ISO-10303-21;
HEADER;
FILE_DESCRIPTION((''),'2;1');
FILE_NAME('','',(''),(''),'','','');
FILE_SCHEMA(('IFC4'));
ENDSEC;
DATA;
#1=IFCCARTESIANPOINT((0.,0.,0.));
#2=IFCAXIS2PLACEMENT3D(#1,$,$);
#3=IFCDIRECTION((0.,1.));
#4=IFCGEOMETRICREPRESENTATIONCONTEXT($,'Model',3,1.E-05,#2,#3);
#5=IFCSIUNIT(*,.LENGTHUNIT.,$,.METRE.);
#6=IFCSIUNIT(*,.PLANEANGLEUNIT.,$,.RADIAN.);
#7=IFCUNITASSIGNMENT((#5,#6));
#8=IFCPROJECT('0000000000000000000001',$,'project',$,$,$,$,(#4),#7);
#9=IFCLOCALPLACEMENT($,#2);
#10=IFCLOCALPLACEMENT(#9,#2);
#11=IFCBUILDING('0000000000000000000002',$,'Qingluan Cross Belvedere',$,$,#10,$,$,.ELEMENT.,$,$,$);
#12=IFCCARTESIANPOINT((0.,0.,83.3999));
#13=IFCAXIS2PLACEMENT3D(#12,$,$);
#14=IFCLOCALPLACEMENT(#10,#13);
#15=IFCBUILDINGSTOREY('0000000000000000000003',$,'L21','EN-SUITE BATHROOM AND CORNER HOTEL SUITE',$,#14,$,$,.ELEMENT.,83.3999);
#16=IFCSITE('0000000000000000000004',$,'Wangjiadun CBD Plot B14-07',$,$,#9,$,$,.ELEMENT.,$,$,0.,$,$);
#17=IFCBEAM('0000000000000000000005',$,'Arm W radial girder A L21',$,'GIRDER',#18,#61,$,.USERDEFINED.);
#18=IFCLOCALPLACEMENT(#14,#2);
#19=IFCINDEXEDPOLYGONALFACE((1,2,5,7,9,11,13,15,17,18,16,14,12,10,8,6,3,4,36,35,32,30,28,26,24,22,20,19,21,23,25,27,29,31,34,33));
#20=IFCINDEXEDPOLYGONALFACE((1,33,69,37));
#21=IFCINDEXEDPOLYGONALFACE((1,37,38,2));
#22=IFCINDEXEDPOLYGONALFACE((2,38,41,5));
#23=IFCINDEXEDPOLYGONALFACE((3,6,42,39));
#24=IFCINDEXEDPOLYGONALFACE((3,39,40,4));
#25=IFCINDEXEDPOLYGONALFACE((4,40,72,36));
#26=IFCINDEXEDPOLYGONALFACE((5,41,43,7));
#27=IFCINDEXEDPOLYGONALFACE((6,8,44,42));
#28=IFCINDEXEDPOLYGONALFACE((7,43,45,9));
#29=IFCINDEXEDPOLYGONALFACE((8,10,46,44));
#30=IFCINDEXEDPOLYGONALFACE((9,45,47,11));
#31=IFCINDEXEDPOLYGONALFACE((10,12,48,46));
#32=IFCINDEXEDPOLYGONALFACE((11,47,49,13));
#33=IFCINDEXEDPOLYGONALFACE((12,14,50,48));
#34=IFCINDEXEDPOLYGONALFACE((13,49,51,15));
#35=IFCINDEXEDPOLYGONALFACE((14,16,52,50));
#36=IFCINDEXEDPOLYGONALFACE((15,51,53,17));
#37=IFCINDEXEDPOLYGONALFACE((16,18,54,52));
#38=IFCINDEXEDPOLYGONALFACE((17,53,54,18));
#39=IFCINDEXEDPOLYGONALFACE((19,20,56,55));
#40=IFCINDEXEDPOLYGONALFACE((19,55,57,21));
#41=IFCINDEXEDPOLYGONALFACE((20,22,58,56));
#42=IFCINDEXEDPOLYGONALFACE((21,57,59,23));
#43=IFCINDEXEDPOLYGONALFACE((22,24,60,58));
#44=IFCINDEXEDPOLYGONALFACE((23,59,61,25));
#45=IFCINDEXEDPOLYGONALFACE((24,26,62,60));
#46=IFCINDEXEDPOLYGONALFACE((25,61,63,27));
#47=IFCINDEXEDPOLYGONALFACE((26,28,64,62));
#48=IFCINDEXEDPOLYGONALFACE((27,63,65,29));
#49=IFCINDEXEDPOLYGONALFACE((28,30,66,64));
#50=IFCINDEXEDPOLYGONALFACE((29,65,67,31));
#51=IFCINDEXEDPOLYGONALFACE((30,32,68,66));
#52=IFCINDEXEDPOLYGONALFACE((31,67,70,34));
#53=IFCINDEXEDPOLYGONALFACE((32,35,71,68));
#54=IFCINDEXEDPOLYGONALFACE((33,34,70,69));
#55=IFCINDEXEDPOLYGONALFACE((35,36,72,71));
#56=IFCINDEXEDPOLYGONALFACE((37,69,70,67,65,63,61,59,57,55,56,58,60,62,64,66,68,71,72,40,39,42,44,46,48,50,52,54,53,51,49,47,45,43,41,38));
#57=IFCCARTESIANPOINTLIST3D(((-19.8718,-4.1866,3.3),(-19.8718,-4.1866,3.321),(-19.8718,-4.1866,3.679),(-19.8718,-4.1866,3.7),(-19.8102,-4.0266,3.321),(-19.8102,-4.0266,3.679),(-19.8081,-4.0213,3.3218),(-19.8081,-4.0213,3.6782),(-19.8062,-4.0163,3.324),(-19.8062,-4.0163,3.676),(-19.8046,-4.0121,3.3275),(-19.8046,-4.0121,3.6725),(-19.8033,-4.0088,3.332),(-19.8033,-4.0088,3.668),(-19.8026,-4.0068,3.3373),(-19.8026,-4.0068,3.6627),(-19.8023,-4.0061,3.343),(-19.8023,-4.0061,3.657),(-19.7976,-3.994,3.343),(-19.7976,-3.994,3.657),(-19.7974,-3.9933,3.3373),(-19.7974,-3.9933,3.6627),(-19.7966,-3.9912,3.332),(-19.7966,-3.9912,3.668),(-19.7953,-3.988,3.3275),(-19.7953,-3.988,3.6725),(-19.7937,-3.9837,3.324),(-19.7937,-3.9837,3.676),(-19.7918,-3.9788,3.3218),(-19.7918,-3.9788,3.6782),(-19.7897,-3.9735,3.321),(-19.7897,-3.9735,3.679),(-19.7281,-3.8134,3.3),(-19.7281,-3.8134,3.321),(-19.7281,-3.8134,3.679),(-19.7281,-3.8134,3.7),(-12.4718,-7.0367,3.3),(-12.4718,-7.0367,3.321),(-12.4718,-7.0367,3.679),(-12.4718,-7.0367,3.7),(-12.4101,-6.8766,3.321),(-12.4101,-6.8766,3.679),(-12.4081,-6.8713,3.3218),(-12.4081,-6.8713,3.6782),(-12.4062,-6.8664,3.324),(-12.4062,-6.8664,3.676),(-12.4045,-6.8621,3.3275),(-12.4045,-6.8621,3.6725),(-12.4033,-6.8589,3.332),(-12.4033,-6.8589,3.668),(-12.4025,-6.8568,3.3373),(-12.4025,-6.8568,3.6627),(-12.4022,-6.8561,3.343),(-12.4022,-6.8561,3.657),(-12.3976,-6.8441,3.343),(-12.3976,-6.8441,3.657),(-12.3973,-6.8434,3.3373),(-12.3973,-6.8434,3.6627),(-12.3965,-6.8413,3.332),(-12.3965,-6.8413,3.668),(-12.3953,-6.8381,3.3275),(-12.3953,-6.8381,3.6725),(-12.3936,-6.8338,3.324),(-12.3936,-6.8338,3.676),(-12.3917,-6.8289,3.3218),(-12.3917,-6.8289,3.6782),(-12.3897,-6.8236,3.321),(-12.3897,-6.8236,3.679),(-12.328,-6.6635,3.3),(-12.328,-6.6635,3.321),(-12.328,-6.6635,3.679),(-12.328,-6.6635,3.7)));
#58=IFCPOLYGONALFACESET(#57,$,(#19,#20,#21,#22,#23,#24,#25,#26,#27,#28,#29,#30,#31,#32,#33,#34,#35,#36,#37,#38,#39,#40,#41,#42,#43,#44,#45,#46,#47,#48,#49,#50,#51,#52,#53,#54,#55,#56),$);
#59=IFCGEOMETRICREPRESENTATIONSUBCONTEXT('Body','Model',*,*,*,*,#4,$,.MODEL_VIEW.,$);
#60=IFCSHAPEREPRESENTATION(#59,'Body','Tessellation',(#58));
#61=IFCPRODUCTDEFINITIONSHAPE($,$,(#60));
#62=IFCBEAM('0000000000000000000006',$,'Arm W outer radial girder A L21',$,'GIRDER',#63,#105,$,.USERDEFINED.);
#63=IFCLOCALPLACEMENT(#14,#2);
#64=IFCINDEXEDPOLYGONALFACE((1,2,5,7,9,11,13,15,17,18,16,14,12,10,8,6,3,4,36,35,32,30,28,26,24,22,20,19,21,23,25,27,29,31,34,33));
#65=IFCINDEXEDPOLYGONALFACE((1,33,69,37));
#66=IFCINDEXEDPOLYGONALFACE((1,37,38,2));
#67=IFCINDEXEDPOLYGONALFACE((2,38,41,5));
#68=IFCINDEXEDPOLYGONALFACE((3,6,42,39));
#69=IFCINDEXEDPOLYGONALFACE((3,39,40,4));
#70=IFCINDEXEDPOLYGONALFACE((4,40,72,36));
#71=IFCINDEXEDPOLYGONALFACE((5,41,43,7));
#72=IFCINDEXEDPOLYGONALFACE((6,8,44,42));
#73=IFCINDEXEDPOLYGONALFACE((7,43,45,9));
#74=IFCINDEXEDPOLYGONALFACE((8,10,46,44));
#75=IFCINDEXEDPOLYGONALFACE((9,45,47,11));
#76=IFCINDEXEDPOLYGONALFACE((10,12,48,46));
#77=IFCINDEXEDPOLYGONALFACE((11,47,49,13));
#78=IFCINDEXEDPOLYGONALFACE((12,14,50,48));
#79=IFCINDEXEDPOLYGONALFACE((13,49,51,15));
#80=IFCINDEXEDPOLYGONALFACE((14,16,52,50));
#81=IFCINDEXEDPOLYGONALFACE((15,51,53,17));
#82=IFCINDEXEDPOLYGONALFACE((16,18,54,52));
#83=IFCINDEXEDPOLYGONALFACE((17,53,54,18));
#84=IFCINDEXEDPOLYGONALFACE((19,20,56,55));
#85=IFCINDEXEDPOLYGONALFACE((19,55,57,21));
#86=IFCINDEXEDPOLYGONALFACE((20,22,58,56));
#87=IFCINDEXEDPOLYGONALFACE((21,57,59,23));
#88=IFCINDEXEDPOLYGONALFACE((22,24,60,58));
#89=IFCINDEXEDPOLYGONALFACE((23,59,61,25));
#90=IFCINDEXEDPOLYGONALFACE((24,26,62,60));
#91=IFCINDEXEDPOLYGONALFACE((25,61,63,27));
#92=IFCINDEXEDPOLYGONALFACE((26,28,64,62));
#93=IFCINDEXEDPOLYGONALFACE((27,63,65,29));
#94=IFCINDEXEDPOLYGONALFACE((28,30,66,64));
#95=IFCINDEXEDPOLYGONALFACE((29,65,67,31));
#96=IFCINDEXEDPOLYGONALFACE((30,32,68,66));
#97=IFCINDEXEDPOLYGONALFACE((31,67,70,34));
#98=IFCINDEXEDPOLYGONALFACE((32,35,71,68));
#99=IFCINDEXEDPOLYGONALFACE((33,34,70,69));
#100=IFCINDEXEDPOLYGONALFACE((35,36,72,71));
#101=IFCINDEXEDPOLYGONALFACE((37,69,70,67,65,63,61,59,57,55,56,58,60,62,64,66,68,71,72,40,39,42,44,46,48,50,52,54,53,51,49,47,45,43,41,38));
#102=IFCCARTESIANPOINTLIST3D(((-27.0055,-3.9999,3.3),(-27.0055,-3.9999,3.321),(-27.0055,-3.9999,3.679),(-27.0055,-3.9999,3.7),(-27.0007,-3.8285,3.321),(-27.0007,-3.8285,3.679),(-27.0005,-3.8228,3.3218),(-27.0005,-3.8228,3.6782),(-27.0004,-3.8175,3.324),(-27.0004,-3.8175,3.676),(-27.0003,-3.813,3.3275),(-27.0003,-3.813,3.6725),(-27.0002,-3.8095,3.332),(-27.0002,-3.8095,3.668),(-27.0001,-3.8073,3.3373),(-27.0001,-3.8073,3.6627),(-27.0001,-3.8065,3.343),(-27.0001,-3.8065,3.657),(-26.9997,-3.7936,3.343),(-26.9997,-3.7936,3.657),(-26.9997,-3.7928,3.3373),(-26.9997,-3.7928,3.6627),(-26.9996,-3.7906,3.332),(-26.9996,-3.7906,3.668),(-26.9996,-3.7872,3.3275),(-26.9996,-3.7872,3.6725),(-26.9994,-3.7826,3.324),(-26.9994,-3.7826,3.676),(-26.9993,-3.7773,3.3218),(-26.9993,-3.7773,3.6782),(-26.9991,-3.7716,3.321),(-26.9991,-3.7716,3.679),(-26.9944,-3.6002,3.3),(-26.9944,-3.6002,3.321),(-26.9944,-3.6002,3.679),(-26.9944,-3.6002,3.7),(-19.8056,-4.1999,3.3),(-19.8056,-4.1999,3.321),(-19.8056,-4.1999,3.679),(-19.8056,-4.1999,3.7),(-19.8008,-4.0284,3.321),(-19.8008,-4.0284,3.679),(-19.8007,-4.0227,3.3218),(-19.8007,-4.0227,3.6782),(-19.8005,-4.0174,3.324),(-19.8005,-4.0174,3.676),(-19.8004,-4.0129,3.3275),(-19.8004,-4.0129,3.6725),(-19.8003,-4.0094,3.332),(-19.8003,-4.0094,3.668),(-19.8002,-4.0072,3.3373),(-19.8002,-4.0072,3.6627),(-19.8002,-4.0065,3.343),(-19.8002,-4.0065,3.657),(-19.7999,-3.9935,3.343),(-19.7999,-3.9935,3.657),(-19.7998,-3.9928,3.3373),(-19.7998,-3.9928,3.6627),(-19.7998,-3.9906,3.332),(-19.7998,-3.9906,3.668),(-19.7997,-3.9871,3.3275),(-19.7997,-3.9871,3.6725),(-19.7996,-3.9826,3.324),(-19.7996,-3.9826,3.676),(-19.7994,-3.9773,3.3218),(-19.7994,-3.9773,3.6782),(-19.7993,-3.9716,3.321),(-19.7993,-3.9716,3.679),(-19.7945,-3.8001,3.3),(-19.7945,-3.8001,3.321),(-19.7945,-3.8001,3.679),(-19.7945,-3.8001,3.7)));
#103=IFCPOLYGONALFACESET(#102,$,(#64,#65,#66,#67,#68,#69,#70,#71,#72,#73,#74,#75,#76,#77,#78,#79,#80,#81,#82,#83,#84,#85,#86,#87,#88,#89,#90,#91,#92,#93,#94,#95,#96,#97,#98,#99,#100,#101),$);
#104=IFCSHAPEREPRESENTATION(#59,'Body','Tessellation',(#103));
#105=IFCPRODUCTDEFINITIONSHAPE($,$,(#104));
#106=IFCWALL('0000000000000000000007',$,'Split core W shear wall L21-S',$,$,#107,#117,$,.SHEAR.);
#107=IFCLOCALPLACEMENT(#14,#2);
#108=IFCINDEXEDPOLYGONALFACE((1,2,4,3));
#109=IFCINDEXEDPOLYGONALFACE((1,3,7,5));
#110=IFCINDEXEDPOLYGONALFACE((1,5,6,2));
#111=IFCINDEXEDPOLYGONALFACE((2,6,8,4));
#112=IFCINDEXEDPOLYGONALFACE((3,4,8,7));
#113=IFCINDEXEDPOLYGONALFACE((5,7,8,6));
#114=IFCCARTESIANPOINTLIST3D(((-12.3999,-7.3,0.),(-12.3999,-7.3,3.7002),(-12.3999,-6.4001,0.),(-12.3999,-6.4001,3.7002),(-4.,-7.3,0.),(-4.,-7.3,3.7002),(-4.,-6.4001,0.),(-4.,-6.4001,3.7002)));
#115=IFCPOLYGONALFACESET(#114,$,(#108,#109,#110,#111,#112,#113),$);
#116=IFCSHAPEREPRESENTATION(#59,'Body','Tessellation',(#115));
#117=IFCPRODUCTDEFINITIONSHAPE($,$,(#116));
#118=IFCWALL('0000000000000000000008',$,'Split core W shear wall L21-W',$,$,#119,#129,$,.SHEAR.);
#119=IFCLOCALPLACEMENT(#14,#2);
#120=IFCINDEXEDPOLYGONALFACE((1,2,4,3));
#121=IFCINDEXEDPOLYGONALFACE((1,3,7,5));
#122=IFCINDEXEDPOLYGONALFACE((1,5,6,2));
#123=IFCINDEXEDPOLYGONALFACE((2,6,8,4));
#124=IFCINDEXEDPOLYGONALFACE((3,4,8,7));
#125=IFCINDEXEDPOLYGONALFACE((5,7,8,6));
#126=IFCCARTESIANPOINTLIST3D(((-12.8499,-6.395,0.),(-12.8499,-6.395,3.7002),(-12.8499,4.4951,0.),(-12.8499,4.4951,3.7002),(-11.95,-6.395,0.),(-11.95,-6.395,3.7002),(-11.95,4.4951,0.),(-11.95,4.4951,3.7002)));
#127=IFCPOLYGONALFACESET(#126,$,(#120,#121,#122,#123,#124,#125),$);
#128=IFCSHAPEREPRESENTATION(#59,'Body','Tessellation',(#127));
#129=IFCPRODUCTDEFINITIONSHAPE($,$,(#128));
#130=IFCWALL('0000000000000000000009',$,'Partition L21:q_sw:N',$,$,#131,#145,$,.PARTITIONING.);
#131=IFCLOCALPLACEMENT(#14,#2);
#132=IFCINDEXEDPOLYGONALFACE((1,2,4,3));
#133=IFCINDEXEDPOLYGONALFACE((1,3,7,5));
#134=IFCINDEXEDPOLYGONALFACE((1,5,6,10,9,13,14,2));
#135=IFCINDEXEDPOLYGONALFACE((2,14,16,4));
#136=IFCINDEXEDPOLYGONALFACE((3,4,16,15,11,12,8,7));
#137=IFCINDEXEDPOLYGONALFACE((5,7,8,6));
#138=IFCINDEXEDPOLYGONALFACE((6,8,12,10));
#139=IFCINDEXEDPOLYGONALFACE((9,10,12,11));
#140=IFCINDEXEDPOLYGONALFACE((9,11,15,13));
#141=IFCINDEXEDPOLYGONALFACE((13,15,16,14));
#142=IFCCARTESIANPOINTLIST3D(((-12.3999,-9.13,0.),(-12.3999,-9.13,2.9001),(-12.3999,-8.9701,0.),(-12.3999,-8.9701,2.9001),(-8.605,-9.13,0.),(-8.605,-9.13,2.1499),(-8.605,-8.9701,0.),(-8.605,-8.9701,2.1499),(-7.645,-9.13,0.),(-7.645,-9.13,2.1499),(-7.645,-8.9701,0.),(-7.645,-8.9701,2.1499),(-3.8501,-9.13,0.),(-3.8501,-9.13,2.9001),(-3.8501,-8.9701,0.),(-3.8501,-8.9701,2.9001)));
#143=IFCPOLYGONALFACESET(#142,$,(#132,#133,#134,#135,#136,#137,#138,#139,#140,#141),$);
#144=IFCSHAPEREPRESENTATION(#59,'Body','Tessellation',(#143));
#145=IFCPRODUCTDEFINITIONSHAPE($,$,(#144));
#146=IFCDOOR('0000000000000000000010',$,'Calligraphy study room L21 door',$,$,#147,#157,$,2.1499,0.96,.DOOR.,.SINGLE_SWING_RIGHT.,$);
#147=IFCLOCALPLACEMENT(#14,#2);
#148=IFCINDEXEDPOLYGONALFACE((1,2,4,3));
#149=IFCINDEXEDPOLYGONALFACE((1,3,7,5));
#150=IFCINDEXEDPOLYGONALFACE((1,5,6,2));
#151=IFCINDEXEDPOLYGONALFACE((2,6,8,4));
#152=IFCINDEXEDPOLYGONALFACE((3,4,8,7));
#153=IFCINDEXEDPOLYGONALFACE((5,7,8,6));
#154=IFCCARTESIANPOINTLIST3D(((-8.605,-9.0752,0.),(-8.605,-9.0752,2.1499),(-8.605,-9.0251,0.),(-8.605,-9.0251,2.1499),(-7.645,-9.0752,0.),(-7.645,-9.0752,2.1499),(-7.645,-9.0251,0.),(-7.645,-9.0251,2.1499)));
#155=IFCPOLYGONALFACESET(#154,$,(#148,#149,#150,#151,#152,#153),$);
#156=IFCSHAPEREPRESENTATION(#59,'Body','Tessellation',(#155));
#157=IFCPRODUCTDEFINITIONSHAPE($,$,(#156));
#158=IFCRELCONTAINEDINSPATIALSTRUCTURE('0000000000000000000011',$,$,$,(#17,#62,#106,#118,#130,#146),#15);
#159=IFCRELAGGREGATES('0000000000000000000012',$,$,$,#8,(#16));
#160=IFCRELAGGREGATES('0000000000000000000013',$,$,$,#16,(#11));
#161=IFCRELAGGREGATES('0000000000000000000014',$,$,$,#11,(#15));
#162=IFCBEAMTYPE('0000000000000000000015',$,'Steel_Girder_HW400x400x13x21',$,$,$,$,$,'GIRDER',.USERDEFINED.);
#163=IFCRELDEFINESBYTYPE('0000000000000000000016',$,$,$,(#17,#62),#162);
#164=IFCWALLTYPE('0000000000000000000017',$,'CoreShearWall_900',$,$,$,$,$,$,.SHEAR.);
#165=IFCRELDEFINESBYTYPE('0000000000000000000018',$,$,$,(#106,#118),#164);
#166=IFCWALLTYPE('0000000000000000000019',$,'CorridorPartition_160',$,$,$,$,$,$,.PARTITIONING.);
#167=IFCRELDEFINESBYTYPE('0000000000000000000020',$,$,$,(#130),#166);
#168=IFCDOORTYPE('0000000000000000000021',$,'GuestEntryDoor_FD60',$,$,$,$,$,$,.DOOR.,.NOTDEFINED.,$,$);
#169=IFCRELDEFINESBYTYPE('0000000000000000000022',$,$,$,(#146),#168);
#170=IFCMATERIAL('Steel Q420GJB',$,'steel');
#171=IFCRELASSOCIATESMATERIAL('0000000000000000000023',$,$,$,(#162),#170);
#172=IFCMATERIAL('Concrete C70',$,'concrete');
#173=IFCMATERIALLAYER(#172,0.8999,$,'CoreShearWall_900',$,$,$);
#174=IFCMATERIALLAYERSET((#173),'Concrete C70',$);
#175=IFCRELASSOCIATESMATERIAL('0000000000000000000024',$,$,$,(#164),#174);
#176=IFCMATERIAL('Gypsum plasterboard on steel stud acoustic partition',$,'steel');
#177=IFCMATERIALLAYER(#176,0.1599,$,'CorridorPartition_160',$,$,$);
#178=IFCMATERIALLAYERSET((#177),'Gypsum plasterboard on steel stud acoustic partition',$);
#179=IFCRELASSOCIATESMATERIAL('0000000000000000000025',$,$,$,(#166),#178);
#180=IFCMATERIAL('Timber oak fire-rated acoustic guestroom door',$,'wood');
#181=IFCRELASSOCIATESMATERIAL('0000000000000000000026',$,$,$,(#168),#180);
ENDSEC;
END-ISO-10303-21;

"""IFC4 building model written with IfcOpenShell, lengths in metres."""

from ifc_helpers import new_model, si_unit, direction, frame, frame_2d, origin, origin_2d, place, context, subcontext, project, spatial, rectangle, i_section, extrude, material, layer, layer_set, material_profile, profile_set, type_object, element, fill, save


model = new_model("IFC4")

# Units and contexts
model_context = context("Model", 3, precision=1e-05, world=origin(), true_north=direction((0.0, 1.0)))
body_context = subcontext(model_context, "Body", "Model", "MODEL_VIEW")
ifc_project = project(units=[si_unit("LENGTHUNIT", "METRE"), si_unit("PLANEANGLEUNIT", "RADIAN")], contexts=[model_context])

# Site, building, storey
site_placement = place(None, origin())
site = spatial("IfcSite", under=ifc_project, at=site_placement, Name="Wangjiadun CBD Plot B14-07", CompositionType="ELEMENT", RefElevation=0.0)
building_placement = place(site_placement, origin())
building = spatial("IfcBuilding", under=site, at=building_placement, Name="Qingluan Cross Belvedere", CompositionType="ELEMENT")
storey_placement = place(building_placement, frame((0.0, 0.0, 83.3999)))
storey = spatial("IfcBuildingStorey", under=building, at=storey_placement, Name="L21", Description="EN-SUITE BATHROOM AND CORNER HOTEL SUITE", CompositionType="ELEMENT", Elevation=83.3999)

# Beams
ifc_material_1 = material(Name="Steel Q420GJB", Category="steel")
ifc_material_profile_1 = material_profile(ifc_material_1, i_section(OverallWidth=0.3999, OverallDepth=0.3999, WebThickness=0.0129, FlangeThickness=0.021, FilletRadius=0.022, at=origin_2d()), Name="HW400x400x13x21")
ifc_profile_set_1 = profile_set([ifc_material_profile_1], Name="Steel Q420GJB")
beam_type_1 = type_object("IfcBeamType", Name="Steel_Girder_HW400x400x13x21", ElementType="GIRDER", PredefinedType="USERDEFINED", material=ifc_profile_set_1)
beam_1_placement = place(storey_placement, frame((-12.3999, -6.8501, 3.5), z_axis=(-0.933181, 0.359406, 0.0), x_axis=(-0.359406, -0.933181, 0.0)))
element("IfcBeam", 1, at=beam_1_placement, inside=storey, type_object=beam_type_1, Name="Arm W radial girder A L21", ObjectType="GIRDER", PredefinedType="USERDEFINED", context=body_context, shape_type="SweptSolid", body=[
    extrude(i_section(OverallWidth=0.3999, OverallDepth=0.3999, WebThickness=0.0129, FlangeThickness=0.021, FilletRadius=0.022, at=origin_2d()), origin(), (0.0, 0.0, 1.0), 7.9299),
])
beam_2_placement = place(storey_placement, frame((-19.8, -4.0, 3.5), z_axis=(-0.999615, 0.02776, 0.0), x_axis=(-0.02776, -0.999615, 0.0)))
element("IfcBeam", 2, at=beam_2_placement, inside=storey, type_object=beam_type_1, Name="Arm W outer radial girder A L21", ObjectType="GIRDER", PredefinedType="USERDEFINED", context=body_context, shape_type="SweptSolid", body=[
    extrude(i_section(OverallWidth=0.3999, OverallDepth=0.3999, WebThickness=0.0129, FlangeThickness=0.021, FilletRadius=0.022, at=origin_2d()), origin(), (0.0, 0.0, 1.0), 7.2026),
])

# Walls
ifc_material_2 = material(Name="Concrete C70", Category="concrete")
ifc_layer_1 = layer(ifc_material_2, 0.8999, Name="CoreShearWall_900")
ifc_layer_set_1 = layer_set([ifc_layer_1], Name="Concrete C70")
wall_type_1 = type_object("IfcWallType", Name="CoreShearWall_900", PredefinedType="SHEAR", material=ifc_layer_set_1)
wall_1_placement = place(storey_placement, frame((-12.3999, -6.8501, 0.0), z_axis=(0.0, 0.0, 1.0), x_axis=(1.0, 0.0, 0.0)))
element("IfcWall", 3, at=wall_1_placement, inside=storey, type_object=wall_type_1, Name="Split core W shear wall L21-S", PredefinedType="SHEAR", context=body_context, shape_type="SweptSolid", body=[
    extrude(rectangle(XDim=8.3999, YDim=0.8999, at=frame_2d((4.2, 0.0))), origin(), (0.0, 0.0, 1.0), 3.7002),
])
wall_2_placement = place(storey_placement, frame((-12.3999, -6.395, 0.0), z_axis=(0.0, 0.0, 1.0), x_axis=(0.0, 1.0, 0.0)))
element("IfcWall", 4, at=wall_2_placement, inside=storey, type_object=wall_type_1, Name="Split core W shear wall L21-W", PredefinedType="SHEAR", context=body_context, shape_type="SweptSolid", body=[
    extrude(rectangle(XDim=10.8901, YDim=0.8999, at=frame_2d((5.4451, 0.0))), origin(), (0.0, 0.0, 1.0), 3.7002),
])

# Wall, opening, door
ifc_material_3 = material(Name="Gypsum plasterboard on steel stud acoustic partition", Category="steel")
ifc_layer_2 = layer(ifc_material_3, 0.1599, Name="CorridorPartition_160")
ifc_layer_set_2 = layer_set([ifc_layer_2], Name="Gypsum plasterboard on steel stud acoustic partition")
wall_type_2 = type_object("IfcWallType", Name="CorridorPartition_160", PredefinedType="PARTITIONING", material=ifc_layer_set_2)
wall_3_placement = place(storey_placement, frame((-12.3999, -9.05, 0.0), z_axis=(0.0, 0.0, 1.0), x_axis=(1.0, 0.0, 0.0)))
wall_3 = element("IfcWall", 5, at=wall_3_placement, inside=storey, type_object=wall_type_2, Name="Partition L21:q_sw:N", PredefinedType="PARTITIONING", context=body_context, shape_type="SweptSolid", body=[
    extrude(rectangle(XDim=8.5498, YDim=0.1599, at=frame_2d((4.2749, 0.0))), origin(), (0.0, 0.0, 1.0), 2.9001),
])
opening_1_placement = place(wall_3_placement, frame((3.7949, 0.0, 0.0)))
opening_1 = element("IfcOpeningElement", 6, at=opening_1_placement, cuts=wall_3, PredefinedType="OPENING", context=body_context, shape_type="SweptSolid", body=[
    extrude(rectangle(XDim=0.96, YDim=2.1499, at=frame_2d((0.48, 1.075))), frame((0.0, 0.0898, 0.0), z_axis=(0.0, -1.0, 0.0), x_axis=(1.0, 0.0, 0.0)), (0.0, 0.0, 1.0), 0.1799),
])
ifc_material_4 = material(Name="Timber oak fire-rated acoustic guestroom door", Category="wood")
door_type_1 = type_object("IfcDoorType", Name="GuestEntryDoor_FD60", OperationType="NOTDEFINED", PredefinedType="DOOR", material=ifc_material_4)
door_1_placement = place(opening_1_placement, origin())
door_1 = element("IfcDoor", 7, at=door_1_placement, inside=storey, type_object=door_type_1, Name="Calligraphy study room L21 door", OperationType="SINGLE_SWING_RIGHT", OverallHeight=2.1499, OverallWidth=0.96, PredefinedType="DOOR", context=body_context, shape_type="SweptSolid", body=[
    extrude(rectangle(XDim=0.96, YDim=2.1499, at=frame_2d((0.48, 1.075))), frame((0.0, 0.0249, 0.0), z_axis=(0.0, -1.0, 0.0), x_axis=(1.0, 0.0, 0.0)), (0.0, 0.0, 1.0), 0.05),
])
fill(opening_1, door_1)

save(model, "model.ifc")
